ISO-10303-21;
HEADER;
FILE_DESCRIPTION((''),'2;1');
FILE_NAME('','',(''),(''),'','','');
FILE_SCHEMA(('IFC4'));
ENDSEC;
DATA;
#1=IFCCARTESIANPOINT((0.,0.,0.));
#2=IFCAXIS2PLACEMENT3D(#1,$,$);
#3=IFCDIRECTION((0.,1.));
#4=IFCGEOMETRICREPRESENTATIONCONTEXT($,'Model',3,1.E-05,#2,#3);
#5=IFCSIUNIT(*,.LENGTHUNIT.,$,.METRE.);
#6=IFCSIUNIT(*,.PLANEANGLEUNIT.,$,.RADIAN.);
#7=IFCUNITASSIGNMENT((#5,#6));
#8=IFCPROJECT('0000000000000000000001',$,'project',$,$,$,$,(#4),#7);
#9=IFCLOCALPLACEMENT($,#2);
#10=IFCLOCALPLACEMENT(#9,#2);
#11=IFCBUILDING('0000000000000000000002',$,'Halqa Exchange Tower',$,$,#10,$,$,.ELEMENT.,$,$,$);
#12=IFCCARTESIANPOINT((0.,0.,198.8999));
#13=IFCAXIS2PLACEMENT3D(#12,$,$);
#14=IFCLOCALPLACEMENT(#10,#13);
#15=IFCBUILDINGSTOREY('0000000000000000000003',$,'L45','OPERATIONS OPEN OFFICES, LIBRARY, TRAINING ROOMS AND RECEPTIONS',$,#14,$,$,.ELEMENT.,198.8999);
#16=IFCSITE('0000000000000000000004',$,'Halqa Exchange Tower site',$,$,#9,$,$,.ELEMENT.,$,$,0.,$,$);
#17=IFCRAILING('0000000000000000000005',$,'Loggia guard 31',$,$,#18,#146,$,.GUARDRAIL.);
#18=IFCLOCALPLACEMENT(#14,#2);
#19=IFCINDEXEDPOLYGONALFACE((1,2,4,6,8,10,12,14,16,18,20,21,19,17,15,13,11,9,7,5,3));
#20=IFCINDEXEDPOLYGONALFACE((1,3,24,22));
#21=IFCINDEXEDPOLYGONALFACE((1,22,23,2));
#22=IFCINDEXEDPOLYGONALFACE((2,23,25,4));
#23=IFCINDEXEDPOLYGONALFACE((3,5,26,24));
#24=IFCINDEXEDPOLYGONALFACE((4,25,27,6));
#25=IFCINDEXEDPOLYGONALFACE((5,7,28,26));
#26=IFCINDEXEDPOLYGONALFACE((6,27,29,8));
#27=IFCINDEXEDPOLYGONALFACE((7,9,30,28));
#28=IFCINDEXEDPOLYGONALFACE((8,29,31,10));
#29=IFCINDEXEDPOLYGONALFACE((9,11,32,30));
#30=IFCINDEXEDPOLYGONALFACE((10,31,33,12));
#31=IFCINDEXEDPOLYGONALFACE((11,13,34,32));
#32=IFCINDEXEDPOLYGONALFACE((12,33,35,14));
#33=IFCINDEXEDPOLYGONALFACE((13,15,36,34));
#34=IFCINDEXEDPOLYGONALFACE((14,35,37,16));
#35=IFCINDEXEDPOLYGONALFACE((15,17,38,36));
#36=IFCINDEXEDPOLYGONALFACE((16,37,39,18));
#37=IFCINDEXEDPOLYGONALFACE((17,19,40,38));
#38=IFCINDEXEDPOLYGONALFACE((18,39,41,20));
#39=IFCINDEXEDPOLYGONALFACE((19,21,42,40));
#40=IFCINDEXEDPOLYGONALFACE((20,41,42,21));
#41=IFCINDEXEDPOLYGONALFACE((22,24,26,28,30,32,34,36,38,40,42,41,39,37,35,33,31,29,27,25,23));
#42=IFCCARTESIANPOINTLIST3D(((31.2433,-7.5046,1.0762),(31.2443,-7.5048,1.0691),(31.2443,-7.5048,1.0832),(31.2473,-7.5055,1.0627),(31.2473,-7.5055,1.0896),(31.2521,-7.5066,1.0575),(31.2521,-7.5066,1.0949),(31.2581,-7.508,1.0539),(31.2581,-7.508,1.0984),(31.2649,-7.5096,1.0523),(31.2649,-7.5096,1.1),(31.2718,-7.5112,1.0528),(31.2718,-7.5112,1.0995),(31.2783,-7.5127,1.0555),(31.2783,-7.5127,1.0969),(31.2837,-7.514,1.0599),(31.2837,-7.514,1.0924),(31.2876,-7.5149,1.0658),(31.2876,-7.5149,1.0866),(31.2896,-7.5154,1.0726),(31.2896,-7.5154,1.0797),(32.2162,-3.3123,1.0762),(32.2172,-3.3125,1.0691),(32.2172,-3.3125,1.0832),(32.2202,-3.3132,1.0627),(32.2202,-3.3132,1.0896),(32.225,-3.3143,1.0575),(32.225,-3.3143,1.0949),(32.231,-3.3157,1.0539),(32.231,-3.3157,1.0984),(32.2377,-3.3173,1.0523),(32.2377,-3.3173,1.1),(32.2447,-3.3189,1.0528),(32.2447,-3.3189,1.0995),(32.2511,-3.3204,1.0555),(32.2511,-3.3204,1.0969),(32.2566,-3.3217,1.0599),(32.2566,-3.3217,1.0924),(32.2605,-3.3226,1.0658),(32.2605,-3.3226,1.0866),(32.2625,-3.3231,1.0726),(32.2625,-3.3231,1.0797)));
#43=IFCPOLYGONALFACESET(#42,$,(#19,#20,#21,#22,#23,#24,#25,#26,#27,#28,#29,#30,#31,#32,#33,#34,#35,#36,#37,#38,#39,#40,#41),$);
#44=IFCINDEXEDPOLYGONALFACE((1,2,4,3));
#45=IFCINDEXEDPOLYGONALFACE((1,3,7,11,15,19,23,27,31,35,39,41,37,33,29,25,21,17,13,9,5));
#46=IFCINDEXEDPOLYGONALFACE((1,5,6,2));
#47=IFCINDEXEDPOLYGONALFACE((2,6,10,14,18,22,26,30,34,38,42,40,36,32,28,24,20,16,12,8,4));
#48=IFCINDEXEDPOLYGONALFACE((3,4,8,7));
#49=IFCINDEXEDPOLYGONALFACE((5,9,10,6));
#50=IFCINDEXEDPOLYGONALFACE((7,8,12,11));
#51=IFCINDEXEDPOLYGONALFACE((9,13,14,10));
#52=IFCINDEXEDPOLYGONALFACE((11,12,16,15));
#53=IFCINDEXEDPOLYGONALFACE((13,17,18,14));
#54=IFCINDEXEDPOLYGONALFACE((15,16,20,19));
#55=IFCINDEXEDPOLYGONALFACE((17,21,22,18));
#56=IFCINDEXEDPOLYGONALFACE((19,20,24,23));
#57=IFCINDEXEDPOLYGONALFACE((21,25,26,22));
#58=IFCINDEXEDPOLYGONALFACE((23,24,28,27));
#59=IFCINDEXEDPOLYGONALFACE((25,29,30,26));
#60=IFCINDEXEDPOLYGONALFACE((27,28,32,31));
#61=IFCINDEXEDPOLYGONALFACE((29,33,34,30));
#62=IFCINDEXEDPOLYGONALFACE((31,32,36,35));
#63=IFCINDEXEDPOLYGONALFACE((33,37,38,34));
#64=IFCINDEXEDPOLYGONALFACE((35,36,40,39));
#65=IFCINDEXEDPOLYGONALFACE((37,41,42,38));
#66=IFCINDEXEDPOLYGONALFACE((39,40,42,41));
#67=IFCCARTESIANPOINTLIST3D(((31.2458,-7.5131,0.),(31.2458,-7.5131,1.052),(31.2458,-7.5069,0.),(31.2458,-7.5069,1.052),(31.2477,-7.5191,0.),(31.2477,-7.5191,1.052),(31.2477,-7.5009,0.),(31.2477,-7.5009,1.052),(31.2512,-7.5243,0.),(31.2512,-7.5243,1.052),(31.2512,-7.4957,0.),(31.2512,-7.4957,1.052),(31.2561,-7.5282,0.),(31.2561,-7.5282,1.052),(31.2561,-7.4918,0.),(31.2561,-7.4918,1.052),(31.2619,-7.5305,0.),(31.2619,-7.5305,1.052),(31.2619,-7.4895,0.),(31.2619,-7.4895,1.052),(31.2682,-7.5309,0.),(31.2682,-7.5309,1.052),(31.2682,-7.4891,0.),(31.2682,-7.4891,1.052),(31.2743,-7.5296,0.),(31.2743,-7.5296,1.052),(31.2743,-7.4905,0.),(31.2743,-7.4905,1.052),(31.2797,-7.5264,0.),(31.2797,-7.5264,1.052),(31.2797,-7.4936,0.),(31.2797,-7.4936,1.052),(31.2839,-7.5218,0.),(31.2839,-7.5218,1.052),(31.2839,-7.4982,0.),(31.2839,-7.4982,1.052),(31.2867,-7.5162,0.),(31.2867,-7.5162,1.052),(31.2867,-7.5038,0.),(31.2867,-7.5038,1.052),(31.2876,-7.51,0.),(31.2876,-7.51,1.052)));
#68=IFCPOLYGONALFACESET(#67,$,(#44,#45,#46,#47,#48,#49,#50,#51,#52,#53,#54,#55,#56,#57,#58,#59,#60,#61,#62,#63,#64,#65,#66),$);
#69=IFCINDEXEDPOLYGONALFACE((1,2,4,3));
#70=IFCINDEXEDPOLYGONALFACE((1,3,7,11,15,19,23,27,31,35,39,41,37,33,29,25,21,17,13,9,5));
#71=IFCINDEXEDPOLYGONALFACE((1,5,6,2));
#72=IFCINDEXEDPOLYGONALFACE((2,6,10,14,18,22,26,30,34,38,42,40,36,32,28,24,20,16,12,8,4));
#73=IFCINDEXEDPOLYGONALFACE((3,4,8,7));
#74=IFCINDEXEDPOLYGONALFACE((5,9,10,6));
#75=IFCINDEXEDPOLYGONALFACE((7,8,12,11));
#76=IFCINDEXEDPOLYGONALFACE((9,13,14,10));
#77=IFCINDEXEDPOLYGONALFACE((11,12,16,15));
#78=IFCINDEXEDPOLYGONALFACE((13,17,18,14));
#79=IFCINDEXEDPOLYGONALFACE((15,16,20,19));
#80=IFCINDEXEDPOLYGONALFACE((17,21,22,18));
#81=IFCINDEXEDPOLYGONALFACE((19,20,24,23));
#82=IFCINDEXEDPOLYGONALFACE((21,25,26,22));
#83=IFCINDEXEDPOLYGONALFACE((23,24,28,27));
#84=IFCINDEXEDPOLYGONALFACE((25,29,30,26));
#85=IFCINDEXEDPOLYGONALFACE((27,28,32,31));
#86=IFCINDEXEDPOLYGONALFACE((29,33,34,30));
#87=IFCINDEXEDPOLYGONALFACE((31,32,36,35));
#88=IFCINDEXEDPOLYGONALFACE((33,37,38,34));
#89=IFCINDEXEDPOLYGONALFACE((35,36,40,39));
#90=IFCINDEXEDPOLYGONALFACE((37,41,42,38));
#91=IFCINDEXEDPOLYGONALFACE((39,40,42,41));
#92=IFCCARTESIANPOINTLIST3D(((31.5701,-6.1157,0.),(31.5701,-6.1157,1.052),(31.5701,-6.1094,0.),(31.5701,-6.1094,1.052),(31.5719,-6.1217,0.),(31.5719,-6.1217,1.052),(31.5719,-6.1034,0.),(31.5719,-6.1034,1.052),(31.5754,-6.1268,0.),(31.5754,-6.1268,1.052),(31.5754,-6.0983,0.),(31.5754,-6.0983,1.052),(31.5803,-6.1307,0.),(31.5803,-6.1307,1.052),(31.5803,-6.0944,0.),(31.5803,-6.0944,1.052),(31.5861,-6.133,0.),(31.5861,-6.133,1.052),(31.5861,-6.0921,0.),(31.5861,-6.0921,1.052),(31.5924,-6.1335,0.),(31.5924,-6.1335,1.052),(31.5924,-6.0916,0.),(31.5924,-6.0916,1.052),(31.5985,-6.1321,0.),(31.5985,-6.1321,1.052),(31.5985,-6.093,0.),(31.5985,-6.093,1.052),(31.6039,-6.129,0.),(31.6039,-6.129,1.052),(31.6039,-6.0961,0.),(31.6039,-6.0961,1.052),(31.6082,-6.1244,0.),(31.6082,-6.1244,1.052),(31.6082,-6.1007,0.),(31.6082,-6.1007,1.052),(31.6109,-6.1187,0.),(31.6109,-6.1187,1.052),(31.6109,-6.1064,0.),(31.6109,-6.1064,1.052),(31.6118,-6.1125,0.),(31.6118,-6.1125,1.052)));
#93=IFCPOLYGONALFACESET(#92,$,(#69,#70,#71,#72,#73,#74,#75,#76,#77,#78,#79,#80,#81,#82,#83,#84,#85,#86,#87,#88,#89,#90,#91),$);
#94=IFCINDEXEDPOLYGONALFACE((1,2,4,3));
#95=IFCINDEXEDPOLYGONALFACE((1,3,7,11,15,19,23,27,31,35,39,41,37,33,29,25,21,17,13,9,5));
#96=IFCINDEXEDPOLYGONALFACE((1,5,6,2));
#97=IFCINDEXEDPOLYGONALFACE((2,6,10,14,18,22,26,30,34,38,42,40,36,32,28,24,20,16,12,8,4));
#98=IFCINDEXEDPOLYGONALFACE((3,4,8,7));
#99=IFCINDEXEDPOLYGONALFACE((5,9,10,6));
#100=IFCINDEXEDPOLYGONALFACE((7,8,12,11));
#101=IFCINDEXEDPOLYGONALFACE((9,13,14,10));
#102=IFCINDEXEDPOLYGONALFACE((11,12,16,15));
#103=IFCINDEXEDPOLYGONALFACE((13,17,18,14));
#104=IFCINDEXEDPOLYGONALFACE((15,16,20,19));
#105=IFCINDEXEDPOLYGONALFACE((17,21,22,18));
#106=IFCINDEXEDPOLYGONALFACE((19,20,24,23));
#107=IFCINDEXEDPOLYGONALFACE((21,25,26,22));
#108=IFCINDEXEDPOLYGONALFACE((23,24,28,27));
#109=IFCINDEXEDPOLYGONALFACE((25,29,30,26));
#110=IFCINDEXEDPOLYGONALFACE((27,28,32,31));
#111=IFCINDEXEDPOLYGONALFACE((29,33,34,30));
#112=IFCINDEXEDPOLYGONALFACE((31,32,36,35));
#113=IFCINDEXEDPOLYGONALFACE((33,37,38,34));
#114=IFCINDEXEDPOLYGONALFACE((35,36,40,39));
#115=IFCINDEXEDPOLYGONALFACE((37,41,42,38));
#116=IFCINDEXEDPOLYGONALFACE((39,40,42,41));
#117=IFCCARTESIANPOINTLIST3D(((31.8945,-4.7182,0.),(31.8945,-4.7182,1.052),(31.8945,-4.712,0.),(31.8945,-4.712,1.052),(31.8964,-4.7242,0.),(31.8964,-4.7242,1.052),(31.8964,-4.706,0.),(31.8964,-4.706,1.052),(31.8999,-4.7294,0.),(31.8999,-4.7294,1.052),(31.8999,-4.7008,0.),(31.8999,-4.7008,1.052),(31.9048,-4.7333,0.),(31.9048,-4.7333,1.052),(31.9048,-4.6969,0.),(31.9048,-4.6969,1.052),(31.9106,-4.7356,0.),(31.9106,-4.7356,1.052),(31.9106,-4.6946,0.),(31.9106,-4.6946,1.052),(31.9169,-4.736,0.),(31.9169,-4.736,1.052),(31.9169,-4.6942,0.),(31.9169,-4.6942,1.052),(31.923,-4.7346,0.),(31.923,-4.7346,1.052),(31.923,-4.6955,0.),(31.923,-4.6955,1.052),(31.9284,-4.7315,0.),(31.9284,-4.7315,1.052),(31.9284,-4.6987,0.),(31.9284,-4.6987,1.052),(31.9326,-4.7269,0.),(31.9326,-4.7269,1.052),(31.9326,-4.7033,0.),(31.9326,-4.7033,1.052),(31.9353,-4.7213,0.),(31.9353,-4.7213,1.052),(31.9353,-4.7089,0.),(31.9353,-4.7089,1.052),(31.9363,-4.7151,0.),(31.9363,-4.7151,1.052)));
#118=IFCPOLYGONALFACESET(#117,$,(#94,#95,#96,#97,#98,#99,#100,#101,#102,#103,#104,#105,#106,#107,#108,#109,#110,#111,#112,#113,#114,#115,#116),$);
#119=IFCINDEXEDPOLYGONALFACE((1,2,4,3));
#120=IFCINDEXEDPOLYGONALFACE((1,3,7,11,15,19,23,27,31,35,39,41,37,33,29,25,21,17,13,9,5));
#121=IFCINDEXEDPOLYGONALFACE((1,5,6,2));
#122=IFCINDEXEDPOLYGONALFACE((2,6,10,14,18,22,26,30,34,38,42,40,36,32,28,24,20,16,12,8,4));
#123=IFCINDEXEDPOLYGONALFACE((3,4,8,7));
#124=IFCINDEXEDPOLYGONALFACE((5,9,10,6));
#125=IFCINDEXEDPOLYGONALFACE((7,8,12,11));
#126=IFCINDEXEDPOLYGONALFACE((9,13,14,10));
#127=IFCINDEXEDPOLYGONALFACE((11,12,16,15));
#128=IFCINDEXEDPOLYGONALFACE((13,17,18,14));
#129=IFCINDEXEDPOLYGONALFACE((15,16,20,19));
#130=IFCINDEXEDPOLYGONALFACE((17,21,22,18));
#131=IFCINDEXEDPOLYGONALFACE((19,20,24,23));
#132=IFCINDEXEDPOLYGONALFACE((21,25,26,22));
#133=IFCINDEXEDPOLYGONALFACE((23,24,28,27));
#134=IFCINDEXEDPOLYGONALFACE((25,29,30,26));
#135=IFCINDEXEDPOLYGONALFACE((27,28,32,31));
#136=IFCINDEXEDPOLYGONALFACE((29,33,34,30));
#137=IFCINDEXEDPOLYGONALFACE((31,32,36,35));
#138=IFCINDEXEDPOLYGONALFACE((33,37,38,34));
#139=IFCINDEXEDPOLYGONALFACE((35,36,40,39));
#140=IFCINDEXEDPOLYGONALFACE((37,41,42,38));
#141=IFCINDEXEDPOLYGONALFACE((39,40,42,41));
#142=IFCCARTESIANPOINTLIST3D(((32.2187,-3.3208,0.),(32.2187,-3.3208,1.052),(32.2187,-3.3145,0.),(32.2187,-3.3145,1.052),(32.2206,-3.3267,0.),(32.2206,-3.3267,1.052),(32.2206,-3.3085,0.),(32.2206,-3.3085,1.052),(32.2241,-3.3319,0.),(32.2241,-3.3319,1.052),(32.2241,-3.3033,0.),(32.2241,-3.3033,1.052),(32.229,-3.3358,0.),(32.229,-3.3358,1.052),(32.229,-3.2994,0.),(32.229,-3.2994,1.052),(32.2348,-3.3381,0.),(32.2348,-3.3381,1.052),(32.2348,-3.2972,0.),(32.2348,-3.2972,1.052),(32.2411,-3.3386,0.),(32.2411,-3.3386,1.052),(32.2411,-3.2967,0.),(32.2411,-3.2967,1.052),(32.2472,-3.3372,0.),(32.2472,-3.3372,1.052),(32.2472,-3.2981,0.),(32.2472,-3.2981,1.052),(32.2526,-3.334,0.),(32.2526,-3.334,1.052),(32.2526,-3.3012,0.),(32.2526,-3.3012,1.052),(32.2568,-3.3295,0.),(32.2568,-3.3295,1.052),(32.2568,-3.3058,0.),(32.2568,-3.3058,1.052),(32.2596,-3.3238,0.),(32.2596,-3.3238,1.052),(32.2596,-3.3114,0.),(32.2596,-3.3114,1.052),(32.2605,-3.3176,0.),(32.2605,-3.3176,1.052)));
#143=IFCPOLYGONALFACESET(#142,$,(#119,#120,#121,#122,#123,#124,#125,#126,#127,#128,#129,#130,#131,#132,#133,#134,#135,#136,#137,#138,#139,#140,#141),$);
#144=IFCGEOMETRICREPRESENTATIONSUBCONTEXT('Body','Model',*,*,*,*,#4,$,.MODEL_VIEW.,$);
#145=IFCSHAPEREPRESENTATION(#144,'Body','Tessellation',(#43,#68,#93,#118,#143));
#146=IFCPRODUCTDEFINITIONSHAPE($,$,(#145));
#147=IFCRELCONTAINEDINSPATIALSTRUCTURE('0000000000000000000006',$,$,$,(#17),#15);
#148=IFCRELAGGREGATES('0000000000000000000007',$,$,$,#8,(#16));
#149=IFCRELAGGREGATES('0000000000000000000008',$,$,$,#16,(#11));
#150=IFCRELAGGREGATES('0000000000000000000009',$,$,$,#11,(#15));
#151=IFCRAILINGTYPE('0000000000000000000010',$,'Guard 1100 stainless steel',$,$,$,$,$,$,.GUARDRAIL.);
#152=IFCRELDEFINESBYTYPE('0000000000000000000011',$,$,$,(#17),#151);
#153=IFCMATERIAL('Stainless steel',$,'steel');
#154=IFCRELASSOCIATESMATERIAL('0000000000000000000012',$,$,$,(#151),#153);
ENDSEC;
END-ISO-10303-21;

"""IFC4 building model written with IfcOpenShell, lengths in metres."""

from ifc_helpers import new_model, si_unit, direction, frame, origin, origin_2d, place, context, subcontext, project, spatial, circle, extrude, material, type_object, element, save


model = new_model("IFC4")

# Units and contexts
model_context = context("Model", 3, precision=1e-05, world=origin(), true_north=direction((0.0, 1.0)))
body_context = subcontext(model_context, "Body", "Model", "MODEL_VIEW")
ifc_project = project(units=[si_unit("LENGTHUNIT", "METRE"), si_unit("PLANEANGLEUNIT", "RADIAN")], contexts=[model_context])

# Site, building, storey
site_placement = place(None, origin())
site = spatial("IfcSite", under=ifc_project, at=site_placement, Name="Halqa Exchange Tower site", CompositionType="ELEMENT", RefElevation=0.0)
building_placement = place(site_placement, origin())
building = spatial("IfcBuilding", under=site, at=building_placement, Name="Halqa Exchange Tower", CompositionType="ELEMENT")
storey_placement = place(building_placement, frame((0.0, 0.0, 198.8999)))
storey = spatial("IfcBuildingStorey", under=building, at=storey_placement, Name="L45", Description="OPERATIONS OPEN OFFICES, LIBRARY, TRAINING ROOMS AND RECEPTIONS", CompositionType="ELEMENT", Elevation=198.8999)

# Railing
ifc_material_1 = material(Name="Stainless steel", Category="steel")
railing_type = type_object("IfcRailingType", Name="Guard 1100 stainless steel", PredefinedType="GUARDRAIL", material=ifc_material_1)
railing_1_placement = place(storey_placement, frame((31.2666, -7.51, 0.0)))
element("IfcRailing", 1, at=railing_1_placement, inside=storey, type_object=railing_type, Name="Loggia guard 31", PredefinedType="GUARDRAIL", context=body_context, shape_type="SweptSolid", body=[
    extrude(circle(Radius=0.0239, at=origin_2d()), frame((0.0, 0.0, 1.0762), z_axis=(0.226057, 0.974114, 0.0), x_axis=(-0.974114, 0.226057, 0.0)), (0.0, 0.0, 1.0), 4.3037),
    extrude(circle(Radius=0.021, at=origin_2d()), origin(), (0.0, 0.0, 1.0), 1.052),
    extrude(circle(Radius=0.021, at=origin_2d()), frame((0.3242, 1.3975, 0.0)), (0.0, 0.0, 1.0), 1.052),
    extrude(circle(Radius=0.021, at=origin_2d()), frame((0.6487, 2.7949, 0.0)), (0.0, 0.0, 1.0), 1.052),
    extrude(circle(Radius=0.021, at=origin_2d()), frame((0.9729, 4.1924, 0.0)), (0.0, 0.0, 1.0), 1.052),
])

save(model, "model.ifc")
